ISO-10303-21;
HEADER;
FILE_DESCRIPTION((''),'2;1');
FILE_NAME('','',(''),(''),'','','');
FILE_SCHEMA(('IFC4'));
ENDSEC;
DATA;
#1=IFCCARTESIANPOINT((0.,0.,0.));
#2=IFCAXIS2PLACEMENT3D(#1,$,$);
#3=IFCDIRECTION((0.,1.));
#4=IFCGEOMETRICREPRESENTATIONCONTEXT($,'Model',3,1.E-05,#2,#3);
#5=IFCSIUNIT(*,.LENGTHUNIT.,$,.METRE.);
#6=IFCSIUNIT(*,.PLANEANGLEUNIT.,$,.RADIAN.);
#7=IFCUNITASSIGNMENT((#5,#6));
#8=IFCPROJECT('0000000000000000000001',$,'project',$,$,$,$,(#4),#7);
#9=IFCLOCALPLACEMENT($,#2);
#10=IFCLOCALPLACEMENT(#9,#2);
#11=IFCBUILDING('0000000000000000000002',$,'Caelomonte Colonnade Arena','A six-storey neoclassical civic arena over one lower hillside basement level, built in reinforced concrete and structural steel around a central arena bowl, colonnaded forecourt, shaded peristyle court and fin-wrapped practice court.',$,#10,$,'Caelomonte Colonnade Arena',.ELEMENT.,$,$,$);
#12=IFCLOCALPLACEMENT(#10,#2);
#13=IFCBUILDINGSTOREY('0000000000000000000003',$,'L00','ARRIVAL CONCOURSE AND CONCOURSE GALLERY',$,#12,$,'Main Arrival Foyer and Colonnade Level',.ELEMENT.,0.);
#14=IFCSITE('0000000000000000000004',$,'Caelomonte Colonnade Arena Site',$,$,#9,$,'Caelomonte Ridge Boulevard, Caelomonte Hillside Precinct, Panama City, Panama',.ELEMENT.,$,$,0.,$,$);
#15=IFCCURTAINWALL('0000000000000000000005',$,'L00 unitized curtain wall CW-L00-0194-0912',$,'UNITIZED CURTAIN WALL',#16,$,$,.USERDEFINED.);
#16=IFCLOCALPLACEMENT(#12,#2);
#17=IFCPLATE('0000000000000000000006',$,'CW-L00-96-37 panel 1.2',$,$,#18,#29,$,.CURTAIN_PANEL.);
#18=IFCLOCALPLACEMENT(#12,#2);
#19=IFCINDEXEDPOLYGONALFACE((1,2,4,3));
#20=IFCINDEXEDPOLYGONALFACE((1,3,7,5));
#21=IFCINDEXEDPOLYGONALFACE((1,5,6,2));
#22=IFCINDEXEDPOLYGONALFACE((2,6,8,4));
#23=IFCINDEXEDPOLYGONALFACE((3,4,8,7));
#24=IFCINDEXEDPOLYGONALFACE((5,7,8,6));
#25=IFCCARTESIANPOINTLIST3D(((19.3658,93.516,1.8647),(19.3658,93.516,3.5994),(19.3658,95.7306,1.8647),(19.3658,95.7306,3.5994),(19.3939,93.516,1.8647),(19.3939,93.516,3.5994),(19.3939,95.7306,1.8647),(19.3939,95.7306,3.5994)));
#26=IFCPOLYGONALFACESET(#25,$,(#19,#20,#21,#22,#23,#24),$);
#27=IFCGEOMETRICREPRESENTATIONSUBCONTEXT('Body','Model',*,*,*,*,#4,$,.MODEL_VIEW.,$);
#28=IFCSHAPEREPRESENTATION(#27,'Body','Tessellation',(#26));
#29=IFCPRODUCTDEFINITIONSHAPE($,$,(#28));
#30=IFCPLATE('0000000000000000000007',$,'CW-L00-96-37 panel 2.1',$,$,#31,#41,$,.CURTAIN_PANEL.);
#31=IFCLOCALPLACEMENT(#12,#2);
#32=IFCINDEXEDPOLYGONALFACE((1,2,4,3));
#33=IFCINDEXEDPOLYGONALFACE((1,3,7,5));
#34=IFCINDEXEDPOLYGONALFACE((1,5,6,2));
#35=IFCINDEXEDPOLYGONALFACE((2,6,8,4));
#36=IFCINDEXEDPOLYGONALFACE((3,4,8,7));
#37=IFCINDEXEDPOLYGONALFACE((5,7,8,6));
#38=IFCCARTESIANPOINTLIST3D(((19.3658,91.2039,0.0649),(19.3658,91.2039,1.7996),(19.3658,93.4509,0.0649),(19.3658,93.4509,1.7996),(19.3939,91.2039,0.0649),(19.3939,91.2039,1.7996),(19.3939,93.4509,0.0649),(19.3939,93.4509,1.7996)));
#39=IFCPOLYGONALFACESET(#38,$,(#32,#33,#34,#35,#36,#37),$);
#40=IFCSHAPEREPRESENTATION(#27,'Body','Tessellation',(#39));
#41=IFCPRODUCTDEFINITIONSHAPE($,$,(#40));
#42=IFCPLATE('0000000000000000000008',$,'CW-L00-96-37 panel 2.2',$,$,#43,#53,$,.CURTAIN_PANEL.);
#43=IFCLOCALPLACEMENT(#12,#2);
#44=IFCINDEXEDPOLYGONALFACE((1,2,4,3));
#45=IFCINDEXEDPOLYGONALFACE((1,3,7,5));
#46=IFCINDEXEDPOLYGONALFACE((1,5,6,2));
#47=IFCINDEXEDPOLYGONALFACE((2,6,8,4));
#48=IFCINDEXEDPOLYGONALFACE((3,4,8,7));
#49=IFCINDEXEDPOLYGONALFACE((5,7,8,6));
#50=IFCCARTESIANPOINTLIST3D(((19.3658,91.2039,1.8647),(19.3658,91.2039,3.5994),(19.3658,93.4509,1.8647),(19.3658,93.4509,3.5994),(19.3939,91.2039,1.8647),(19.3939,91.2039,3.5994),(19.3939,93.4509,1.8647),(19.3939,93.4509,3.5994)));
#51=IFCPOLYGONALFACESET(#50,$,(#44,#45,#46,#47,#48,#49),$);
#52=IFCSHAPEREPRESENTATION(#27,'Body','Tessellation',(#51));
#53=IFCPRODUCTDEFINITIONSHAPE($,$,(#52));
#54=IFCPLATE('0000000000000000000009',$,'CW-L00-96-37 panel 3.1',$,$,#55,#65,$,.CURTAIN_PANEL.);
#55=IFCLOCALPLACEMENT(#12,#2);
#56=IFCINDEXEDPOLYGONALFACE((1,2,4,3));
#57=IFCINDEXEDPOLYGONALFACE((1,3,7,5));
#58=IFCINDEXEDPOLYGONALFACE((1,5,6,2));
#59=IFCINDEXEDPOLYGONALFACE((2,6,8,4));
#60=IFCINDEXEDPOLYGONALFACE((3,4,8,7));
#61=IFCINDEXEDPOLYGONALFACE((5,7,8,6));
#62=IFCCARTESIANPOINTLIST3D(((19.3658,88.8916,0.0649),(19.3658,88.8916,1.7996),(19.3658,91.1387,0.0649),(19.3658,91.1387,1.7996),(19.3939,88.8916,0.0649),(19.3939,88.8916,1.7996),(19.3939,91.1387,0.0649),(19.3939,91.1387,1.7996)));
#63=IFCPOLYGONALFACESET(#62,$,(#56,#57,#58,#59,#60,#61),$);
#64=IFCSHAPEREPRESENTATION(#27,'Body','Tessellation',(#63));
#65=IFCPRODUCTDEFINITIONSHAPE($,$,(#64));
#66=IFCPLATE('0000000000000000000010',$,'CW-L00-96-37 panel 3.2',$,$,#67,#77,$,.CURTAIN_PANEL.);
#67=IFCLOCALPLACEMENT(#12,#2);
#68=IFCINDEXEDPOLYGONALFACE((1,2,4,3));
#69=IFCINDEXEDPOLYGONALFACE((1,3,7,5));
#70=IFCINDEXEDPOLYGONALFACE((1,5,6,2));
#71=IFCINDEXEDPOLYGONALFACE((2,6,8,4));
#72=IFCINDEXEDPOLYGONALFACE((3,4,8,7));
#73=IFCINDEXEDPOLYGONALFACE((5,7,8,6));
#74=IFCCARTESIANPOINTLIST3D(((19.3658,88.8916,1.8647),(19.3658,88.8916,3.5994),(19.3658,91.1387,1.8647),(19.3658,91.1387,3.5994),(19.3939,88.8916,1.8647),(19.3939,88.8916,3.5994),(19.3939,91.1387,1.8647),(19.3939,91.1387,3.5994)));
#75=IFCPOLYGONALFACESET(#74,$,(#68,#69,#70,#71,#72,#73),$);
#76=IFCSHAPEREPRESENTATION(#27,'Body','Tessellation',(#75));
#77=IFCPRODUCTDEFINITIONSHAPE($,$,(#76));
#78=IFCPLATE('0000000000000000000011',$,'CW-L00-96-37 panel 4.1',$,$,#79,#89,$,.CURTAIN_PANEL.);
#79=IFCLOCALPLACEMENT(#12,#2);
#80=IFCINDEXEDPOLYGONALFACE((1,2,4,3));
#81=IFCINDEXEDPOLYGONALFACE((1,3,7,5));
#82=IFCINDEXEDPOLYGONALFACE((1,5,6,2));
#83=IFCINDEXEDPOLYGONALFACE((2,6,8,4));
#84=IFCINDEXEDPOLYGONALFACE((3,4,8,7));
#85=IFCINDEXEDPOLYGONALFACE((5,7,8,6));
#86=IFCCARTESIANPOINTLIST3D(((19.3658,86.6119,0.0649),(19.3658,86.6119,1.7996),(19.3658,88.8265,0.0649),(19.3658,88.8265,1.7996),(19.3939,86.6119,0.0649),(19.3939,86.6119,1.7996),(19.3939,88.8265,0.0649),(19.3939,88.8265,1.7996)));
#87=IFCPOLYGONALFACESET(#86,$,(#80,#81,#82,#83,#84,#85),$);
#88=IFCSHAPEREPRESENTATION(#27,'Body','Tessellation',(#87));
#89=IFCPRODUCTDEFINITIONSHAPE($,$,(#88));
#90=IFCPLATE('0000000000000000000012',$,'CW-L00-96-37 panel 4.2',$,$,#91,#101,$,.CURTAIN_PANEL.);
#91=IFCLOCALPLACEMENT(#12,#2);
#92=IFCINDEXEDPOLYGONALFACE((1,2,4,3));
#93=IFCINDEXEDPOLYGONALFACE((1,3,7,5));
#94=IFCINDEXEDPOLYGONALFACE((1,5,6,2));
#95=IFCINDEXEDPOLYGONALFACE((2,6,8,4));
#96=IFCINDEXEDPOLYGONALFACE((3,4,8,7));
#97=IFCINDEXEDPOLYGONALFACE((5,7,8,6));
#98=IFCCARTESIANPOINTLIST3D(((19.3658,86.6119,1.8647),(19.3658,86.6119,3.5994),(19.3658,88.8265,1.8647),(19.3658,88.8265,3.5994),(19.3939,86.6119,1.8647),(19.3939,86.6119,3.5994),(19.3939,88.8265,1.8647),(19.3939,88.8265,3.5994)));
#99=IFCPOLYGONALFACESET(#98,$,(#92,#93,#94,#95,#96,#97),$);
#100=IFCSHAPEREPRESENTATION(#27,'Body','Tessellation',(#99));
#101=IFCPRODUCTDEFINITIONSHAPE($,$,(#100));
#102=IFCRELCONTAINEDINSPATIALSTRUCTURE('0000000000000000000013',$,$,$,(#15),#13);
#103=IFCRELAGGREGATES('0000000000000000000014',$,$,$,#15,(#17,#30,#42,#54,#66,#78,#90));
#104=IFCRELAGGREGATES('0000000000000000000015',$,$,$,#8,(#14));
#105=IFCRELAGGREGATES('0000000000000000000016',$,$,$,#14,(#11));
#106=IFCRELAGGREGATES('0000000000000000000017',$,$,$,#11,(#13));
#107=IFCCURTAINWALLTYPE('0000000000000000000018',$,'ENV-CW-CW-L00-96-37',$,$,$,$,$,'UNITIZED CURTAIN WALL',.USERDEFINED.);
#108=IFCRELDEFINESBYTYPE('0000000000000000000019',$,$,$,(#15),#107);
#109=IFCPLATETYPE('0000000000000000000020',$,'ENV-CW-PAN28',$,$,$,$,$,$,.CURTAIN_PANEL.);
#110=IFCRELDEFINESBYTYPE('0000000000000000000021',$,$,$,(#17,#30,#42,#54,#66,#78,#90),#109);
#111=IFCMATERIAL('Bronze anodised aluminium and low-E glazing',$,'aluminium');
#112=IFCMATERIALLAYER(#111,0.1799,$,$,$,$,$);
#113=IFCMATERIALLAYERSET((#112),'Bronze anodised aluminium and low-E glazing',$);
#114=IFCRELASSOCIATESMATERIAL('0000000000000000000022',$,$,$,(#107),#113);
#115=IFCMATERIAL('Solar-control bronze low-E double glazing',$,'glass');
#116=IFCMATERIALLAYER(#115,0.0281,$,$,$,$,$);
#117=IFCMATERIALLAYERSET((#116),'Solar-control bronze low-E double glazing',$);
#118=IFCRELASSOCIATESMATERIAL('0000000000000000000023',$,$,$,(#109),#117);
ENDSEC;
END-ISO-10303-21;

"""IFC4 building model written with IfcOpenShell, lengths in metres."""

from ifc_helpers import new_model, si_unit, direction, frame, origin, origin_2d, place, context, subcontext, project, spatial, rectangle, extrude, material, layer, layer_set, type_object, element, aggregate, save


model = new_model("IFC4")

# Units and contexts
model_context = context("Model", 3, precision=1e-05, world=origin(), true_north=direction((0.0, 1.0)))
body_context = subcontext(model_context, "Body", "Model", "MODEL_VIEW")
ifc_project = project(units=[si_unit("LENGTHUNIT", "METRE"), si_unit("PLANEANGLEUNIT", "RADIAN")], contexts=[model_context])

# Site, building, storey
site_placement = place(None, origin())
site = spatial("IfcSite", under=ifc_project, at=site_placement, Name="Caelomonte Colonnade Arena Site", LongName="Caelomonte Ridge Boulevard, Caelomonte Hillside Precinct, Panama City, Panama", CompositionType="ELEMENT", RefElevation=0.0)
building_placement = place(site_placement, origin())
building = spatial("IfcBuilding", under=site, at=building_placement, Name="Caelomonte Colonnade Arena", Description="A six-storey neoclassical civic arena over one lower hillside basement level, built in reinforced concrete and structural steel around a central arena bowl, colonnaded forecourt, shaded peristyle court and fin-wrapped practice court.", LongName="Caelomonte Colonnade Arena", CompositionType="ELEMENT")
storey_placement = place(building_placement, origin())
storey = spatial("IfcBuildingStorey", under=building, at=storey_placement, Name="L00", Description="ARRIVAL CONCOURSE AND CONCOURSE GALLERY", LongName="Main Arrival Foyer and Colonnade Level", CompositionType="ELEMENT", Elevation=0.0)

# Curtain wall
ifc_material_1 = material(Name="Bronze anodised aluminium and low-E glazing", Category="aluminium")
ifc_layer_1 = layer(ifc_material_1, 0.1799)
ifc_layer_set_1 = layer_set([ifc_layer_1], Name="Bronze anodised aluminium and low-E glazing")
curtain_wall_type = type_object("IfcCurtainWallType", Name="ENV-CW-CW-L00-96-37", ElementType="UNITIZED CURTAIN WALL", PredefinedType="USERDEFINED", material=ifc_layer_set_1)
curtain_wall_placement = place(storey_placement, origin())
curtain_wall = element("IfcCurtainWall", 1, at=curtain_wall_placement, inside=storey, type_object=curtain_wall_type, Name="L00 unitized curtain wall CW-L00-0194-0912", ObjectType="UNITIZED CURTAIN WALL", PredefinedType="USERDEFINED")

# Plates
ifc_material_2 = material(Name="Solar-control bronze low-E double glazing", Category="glass")
ifc_layer_2 = layer(ifc_material_2, 0.0281)
ifc_layer_set_2 = layer_set([ifc_layer_2], Name="Solar-control bronze low-E double glazing")
plate_type = type_object("IfcPlateType", Name="ENV-CW-PAN28", PredefinedType="CURTAIN_PANEL", material=ifc_layer_set_2)
plate_1_placement = place(storey_placement, frame((19.3799, 94.6233, 1.8647), z_axis=(0.0, 0.0, 1.0), x_axis=(0.0, -1.0, 0.0)))
plate_1 = element("IfcPlate", 2, at=plate_1_placement, type_object=plate_type, Name="CW-L00-96-37 panel 1.2", PredefinedType="CURTAIN_PANEL", context=body_context, shape_type="SweptSolid", body=[
    extrude(rectangle(XDim=2.2146, YDim=0.0281, at=origin_2d()), origin(), (0.0, 0.0, 1.0), 1.7346),
])
plate_2_placement = place(storey_placement, frame((19.3799, 92.3274, 0.0649), z_axis=(0.0, 0.0, 1.0), x_axis=(0.0, -1.0, 0.0)))
plate_2 = element("IfcPlate", 3, at=plate_2_placement, type_object=plate_type, Name="CW-L00-96-37 panel 2.1", PredefinedType="CURTAIN_PANEL", context=body_context, shape_type="SweptSolid", body=[
    extrude(rectangle(XDim=2.2471, YDim=0.0281, at=origin_2d()), origin(), (0.0, 0.0, 1.0), 1.7346),
])
plate_3_placement = place(storey_placement, frame((19.3799, 92.3274, 1.8647), z_axis=(0.0, 0.0, 1.0), x_axis=(0.0, -1.0, 0.0)))
plate_3 = element("IfcPlate", 4, at=plate_3_placement, type_object=plate_type, Name="CW-L00-96-37 panel 2.2", PredefinedType="CURTAIN_PANEL", context=body_context, shape_type="SweptSolid", body=[
    extrude(rectangle(XDim=2.2471, YDim=0.0281, at=origin_2d()), origin(), (0.0, 0.0, 1.0), 1.7346),
])
plate_4_placement = place(storey_placement, frame((19.3799, 90.0151, 0.0649), z_axis=(0.0, 0.0, 1.0), x_axis=(0.0, -1.0, 0.0)))
plate_4 = element("IfcPlate", 5, at=plate_4_placement, type_object=plate_type, Name="CW-L00-96-37 panel 3.1", PredefinedType="CURTAIN_PANEL", context=body_context, shape_type="SweptSolid", body=[
    extrude(rectangle(XDim=2.2471, YDim=0.0281, at=origin_2d()), origin(), (0.0, 0.0, 1.0), 1.7346),
])
plate_5_placement = place(storey_placement, frame((19.3799, 90.0151, 1.8647), z_axis=(0.0, 0.0, 1.0), x_axis=(0.0, -1.0, 0.0)))
plate_5 = element("IfcPlate", 6, at=plate_5_placement, type_object=plate_type, Name="CW-L00-96-37 panel 3.2", PredefinedType="CURTAIN_PANEL", context=body_context, shape_type="SweptSolid", body=[
    extrude(rectangle(XDim=2.2471, YDim=0.0281, at=origin_2d()), origin(), (0.0, 0.0, 1.0), 1.7346),
])
plate_6_placement = place(storey_placement, frame((19.3799, 87.7192, 0.0649), z_axis=(0.0, 0.0, 1.0), x_axis=(0.0, -1.0, 0.0)))
plate_6 = element("IfcPlate", 7, at=plate_6_placement, type_object=plate_type, Name="CW-L00-96-37 panel 4.1", PredefinedType="CURTAIN_PANEL", context=body_context, shape_type="SweptSolid", body=[
    extrude(rectangle(XDim=2.2146, YDim=0.0281, at=origin_2d()), origin(), (0.0, 0.0, 1.0), 1.7346),
])
plate_7_placement = place(storey_placement, frame((19.3799, 87.7192, 1.8647), z_axis=(0.0, 0.0, 1.0), x_axis=(0.0, -1.0, 0.0)))
plate_7 = element("IfcPlate", 8, at=plate_7_placement, type_object=plate_type, Name="CW-L00-96-37 panel 4.2", PredefinedType="CURTAIN_PANEL", context=body_context, shape_type="SweptSolid", body=[
    extrude(rectangle(XDim=2.2146, YDim=0.0281, at=origin_2d()), origin(), (0.0, 0.0, 1.0), 1.7346),
])
aggregate(curtain_wall, [plate_1, plate_2, plate_3, plate_4, plate_5, plate_6, plate_7])

save(model, "model.ifc")
